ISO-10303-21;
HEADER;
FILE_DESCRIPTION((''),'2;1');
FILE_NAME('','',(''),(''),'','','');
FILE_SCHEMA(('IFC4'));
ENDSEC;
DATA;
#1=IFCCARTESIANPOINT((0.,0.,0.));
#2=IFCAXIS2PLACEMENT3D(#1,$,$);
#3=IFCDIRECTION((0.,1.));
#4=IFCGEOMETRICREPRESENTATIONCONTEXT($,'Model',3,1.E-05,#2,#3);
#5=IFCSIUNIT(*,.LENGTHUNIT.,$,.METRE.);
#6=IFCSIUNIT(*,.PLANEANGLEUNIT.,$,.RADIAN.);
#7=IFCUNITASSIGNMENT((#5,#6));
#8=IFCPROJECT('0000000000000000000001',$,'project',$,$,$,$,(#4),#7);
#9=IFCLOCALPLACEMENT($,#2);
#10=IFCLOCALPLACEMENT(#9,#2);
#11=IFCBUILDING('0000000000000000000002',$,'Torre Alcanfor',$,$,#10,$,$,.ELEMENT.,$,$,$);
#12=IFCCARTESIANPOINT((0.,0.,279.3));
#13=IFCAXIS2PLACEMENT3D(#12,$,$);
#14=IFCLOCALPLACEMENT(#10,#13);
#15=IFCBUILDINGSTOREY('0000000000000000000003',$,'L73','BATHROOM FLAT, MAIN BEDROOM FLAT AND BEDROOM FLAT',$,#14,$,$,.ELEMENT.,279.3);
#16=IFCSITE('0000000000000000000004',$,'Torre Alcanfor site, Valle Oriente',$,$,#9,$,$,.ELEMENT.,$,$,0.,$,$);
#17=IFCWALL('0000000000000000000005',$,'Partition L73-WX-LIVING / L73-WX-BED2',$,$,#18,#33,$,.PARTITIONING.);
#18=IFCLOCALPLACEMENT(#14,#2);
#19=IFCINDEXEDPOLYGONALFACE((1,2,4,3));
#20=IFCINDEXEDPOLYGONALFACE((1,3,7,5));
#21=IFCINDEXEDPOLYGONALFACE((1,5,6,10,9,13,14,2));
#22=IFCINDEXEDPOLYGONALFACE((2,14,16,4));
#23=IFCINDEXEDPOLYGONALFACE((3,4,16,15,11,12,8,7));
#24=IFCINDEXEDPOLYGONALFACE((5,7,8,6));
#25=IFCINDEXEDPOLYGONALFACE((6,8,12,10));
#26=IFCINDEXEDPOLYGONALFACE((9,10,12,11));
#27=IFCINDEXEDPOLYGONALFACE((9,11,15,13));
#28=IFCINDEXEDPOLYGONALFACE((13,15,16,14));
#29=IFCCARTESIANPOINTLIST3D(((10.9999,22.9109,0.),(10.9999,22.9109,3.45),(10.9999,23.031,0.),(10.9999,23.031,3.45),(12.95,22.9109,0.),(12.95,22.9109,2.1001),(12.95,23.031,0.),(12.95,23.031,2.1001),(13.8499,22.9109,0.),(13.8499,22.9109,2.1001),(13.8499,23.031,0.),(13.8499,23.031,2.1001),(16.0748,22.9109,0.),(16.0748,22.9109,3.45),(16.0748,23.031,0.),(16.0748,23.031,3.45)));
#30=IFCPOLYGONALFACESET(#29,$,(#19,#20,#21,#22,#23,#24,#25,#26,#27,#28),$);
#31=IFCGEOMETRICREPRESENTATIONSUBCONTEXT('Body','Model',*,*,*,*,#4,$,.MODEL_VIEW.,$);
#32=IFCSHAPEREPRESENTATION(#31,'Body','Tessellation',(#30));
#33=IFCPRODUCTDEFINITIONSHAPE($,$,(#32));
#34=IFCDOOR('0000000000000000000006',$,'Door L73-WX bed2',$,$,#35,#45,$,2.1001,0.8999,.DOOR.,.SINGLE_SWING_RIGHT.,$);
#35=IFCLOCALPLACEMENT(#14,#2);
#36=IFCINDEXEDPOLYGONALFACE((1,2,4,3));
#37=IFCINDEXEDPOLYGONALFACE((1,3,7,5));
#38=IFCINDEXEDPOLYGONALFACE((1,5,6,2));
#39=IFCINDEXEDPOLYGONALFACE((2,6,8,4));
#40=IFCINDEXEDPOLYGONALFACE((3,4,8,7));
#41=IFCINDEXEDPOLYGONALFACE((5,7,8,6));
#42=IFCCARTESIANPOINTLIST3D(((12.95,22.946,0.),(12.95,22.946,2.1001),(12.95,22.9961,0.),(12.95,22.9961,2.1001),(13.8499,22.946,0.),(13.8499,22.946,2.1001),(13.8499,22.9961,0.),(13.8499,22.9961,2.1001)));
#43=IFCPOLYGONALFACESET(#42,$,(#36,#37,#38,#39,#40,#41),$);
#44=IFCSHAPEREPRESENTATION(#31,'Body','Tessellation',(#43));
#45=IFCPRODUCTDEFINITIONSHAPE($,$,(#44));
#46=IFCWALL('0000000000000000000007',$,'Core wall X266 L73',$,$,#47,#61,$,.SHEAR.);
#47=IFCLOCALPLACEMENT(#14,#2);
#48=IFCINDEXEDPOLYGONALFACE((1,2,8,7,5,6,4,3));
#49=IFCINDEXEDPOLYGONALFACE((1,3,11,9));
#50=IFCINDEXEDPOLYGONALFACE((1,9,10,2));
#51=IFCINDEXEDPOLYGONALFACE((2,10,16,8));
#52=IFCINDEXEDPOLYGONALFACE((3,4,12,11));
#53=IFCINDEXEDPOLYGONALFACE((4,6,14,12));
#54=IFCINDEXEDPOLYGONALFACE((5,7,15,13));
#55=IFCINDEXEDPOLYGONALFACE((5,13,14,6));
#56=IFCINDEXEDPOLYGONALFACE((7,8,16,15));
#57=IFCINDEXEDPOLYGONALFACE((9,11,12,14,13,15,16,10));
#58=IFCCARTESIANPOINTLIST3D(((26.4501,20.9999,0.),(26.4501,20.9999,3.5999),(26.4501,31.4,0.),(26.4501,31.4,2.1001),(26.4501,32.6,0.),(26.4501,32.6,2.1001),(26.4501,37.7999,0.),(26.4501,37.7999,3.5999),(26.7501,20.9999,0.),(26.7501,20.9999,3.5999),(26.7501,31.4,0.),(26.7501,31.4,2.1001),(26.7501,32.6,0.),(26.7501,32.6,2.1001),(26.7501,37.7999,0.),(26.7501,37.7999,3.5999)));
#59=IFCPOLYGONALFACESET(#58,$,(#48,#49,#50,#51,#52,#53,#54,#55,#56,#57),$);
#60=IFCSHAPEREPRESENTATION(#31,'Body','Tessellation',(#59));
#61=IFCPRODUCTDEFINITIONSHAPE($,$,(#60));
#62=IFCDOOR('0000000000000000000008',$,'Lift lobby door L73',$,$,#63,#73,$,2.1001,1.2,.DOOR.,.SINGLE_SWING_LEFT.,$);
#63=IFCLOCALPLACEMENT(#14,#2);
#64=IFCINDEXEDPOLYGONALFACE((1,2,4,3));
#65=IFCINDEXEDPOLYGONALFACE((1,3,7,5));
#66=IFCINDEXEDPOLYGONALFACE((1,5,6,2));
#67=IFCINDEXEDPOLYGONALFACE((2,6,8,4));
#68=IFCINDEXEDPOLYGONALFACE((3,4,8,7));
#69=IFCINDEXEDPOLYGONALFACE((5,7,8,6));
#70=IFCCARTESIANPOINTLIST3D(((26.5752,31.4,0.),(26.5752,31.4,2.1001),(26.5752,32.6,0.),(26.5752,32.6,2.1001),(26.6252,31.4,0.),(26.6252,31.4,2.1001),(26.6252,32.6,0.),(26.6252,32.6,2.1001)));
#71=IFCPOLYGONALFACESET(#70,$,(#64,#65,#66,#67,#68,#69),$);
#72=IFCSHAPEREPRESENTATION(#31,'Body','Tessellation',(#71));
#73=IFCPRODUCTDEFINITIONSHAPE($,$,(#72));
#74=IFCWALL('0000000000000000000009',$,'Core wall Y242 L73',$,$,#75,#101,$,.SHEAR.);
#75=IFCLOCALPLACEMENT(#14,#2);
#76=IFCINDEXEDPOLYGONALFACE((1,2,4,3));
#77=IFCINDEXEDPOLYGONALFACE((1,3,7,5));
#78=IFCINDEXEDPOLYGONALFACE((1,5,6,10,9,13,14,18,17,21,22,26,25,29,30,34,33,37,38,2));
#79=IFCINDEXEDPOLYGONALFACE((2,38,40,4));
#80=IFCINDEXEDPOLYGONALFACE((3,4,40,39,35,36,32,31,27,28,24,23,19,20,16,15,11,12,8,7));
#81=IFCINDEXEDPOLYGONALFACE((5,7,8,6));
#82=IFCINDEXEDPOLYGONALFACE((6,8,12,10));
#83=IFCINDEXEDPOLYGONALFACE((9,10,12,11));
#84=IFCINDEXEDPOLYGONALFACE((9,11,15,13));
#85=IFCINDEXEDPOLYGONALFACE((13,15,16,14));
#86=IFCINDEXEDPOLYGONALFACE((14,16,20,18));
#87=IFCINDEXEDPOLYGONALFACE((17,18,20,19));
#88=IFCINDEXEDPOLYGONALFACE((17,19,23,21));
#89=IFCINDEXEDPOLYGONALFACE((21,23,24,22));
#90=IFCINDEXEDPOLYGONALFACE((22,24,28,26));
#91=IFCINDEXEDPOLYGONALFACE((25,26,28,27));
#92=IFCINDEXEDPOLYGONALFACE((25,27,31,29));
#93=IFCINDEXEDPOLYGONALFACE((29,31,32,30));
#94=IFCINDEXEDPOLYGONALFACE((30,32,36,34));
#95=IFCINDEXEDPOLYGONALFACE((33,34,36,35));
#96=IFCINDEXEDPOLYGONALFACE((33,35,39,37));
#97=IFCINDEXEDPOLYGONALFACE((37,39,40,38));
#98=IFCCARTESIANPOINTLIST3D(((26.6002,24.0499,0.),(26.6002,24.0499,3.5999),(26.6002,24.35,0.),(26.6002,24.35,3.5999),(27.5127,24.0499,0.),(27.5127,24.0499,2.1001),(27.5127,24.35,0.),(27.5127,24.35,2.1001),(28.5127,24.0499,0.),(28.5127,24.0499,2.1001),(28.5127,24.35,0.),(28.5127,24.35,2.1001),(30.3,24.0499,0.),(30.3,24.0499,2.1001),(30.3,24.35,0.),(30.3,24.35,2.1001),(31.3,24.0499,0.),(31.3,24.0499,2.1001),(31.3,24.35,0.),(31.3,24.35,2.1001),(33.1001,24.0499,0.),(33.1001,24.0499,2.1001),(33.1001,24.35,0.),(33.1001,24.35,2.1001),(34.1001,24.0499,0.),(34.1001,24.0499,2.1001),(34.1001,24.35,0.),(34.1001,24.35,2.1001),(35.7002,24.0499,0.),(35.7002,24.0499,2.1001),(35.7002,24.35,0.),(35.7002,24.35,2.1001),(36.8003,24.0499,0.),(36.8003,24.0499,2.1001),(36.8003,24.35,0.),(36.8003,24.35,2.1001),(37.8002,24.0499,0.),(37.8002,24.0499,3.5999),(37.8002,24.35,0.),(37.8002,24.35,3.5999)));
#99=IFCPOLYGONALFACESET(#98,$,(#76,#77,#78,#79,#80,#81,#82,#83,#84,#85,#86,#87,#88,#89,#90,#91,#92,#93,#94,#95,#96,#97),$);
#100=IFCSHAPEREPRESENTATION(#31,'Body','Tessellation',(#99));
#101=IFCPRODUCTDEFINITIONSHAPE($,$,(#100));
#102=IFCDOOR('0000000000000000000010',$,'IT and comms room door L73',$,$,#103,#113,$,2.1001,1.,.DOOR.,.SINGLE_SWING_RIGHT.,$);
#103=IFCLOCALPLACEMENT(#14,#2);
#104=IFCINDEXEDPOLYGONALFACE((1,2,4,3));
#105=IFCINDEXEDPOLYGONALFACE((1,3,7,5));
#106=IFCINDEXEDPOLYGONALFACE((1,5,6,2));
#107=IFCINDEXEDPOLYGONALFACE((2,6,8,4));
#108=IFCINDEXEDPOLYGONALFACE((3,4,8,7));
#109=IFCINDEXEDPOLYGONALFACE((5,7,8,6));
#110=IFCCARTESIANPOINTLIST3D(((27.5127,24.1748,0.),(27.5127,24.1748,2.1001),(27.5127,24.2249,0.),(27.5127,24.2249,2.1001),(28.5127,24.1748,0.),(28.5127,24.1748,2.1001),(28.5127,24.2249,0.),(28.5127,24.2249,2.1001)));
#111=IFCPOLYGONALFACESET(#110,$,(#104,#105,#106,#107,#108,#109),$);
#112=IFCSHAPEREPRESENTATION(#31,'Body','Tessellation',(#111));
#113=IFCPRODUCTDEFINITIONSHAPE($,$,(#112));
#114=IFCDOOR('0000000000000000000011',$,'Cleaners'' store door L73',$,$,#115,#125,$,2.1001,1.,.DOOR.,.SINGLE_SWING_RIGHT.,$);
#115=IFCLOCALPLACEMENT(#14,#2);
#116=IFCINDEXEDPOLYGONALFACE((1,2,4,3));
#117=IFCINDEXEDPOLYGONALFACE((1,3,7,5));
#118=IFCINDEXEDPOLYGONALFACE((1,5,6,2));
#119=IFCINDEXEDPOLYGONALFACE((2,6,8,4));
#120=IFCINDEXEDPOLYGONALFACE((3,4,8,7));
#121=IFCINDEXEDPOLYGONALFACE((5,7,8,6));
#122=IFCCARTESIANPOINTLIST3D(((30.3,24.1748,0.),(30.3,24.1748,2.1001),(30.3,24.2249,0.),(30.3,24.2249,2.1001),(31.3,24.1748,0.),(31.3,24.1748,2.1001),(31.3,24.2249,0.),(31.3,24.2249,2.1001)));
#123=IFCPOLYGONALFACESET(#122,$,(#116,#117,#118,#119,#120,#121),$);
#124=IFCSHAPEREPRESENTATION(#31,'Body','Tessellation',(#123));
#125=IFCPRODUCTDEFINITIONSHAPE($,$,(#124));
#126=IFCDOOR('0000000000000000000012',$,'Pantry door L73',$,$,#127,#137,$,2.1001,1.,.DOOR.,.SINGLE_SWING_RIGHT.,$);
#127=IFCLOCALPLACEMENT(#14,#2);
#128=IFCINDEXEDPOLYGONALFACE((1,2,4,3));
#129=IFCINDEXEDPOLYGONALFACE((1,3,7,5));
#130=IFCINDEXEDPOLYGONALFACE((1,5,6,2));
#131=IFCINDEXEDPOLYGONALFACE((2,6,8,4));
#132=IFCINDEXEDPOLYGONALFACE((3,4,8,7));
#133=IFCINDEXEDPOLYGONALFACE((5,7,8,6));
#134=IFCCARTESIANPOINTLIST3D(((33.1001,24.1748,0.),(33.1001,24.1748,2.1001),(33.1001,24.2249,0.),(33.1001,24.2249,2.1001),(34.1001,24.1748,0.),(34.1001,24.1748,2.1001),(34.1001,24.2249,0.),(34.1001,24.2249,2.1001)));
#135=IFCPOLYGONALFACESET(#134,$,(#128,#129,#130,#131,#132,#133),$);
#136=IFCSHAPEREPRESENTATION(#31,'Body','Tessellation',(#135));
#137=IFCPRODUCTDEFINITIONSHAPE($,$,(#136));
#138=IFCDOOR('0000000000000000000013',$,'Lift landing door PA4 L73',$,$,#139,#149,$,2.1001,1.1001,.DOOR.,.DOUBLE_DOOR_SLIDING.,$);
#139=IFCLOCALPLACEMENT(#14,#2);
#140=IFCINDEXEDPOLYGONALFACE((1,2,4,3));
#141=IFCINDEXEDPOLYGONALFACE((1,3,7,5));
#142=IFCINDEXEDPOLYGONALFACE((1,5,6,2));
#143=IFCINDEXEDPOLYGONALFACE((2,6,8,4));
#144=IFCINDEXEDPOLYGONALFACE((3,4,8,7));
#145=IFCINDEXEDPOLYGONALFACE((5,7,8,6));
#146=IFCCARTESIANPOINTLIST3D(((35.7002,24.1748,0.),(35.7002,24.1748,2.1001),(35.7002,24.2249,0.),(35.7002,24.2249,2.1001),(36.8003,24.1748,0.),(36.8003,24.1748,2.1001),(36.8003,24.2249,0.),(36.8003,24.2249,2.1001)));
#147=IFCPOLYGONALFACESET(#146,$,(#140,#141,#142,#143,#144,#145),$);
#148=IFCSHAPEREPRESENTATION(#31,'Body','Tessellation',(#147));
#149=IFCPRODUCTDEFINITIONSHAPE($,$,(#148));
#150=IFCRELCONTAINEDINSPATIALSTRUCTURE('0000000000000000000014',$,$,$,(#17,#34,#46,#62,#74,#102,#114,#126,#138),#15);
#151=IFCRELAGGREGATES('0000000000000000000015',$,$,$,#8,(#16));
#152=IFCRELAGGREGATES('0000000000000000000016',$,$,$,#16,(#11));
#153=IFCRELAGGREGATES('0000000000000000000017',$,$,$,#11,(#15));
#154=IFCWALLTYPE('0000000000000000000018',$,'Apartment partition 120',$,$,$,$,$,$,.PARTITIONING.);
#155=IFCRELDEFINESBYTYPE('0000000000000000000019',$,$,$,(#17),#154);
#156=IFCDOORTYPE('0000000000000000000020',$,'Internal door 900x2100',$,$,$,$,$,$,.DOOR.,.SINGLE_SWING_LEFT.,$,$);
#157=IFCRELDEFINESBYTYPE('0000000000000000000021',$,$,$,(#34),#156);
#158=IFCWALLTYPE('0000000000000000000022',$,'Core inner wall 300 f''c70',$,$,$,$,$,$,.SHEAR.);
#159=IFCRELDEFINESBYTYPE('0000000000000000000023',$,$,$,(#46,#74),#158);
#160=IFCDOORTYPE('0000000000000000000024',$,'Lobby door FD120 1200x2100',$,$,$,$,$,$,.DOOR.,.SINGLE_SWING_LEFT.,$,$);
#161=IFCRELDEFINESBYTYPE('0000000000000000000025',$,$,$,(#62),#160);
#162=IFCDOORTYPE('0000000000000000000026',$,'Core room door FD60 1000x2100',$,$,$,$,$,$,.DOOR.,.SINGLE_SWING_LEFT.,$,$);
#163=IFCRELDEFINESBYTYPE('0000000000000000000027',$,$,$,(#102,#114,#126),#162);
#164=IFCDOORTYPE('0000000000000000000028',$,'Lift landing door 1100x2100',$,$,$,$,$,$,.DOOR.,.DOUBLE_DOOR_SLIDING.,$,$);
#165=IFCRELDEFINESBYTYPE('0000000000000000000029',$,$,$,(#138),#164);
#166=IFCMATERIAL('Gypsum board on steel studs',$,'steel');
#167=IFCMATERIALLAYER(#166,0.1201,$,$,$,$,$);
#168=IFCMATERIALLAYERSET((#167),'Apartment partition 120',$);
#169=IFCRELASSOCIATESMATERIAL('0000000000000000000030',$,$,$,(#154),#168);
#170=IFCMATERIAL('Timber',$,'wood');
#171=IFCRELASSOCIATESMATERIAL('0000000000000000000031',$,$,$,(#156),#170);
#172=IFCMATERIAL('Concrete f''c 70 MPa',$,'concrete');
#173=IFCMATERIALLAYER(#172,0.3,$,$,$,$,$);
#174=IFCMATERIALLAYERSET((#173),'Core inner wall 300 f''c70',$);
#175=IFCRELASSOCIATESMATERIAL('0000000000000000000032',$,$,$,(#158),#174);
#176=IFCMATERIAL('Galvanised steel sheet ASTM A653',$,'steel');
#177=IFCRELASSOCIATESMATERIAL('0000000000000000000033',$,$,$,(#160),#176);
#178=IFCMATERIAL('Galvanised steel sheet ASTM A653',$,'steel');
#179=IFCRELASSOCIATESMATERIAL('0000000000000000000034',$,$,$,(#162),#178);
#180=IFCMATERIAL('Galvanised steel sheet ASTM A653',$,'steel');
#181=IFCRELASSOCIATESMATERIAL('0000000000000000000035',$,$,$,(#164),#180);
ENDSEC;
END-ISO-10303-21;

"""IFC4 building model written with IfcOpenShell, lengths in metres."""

from ifc_helpers import new_model, si_unit, direction, frame, frame_2d, origin, place, context, subcontext, project, spatial, rectangle, extrude, material, layer, layer_set, type_object, element, fill, save


model = new_model("IFC4")

# Units and contexts
model_context = context("Model", 3, precision=1e-05, world=origin(), true_north=direction((0.0, 1.0)))
body_context = subcontext(model_context, "Body", "Model", "MODEL_VIEW")
ifc_project = project(units=[si_unit("LENGTHUNIT", "METRE"), si_unit("PLANEANGLEUNIT", "RADIAN")], contexts=[model_context])

# Site, building, storey
site_placement = place(None, origin())
site = spatial("IfcSite", under=ifc_project, at=site_placement, Name="Torre Alcanfor site, Valle Oriente", CompositionType="ELEMENT", RefElevation=0.0)
building_placement = place(site_placement, origin())
building = spatial("IfcBuilding", under=site, at=building_placement, Name="Torre Alcanfor", CompositionType="ELEMENT")
storey_placement = place(building_placement, frame((0.0, 0.0, 279.3)))
storey = spatial("IfcBuildingStorey", under=building, at=storey_placement, Name="L73", Description="BATHROOM FLAT, MAIN BEDROOM FLAT AND BEDROOM FLAT", CompositionType="ELEMENT", Elevation=279.3)

# Walls, openings, doors
ifc_material_1 = material(Name="Gypsum board on steel studs", Category="steel")
ifc_layer_1 = layer(ifc_material_1, 0.1201)
ifc_layer_set_1 = layer_set([ifc_layer_1], Name="Apartment partition 120")
wall_type_1 = type_object("IfcWallType", Name="Apartment partition 120", PredefinedType="PARTITIONING", material=ifc_layer_set_1)
wall_1_placement = place(storey_placement, frame((16.075, 22.9709, 0.0), z_axis=(0.0, 0.0, 1.0), x_axis=(-1.0, 0.0, 0.0)))
wall_1 = element("IfcWall", 1, at=wall_1_placement, inside=storey, type_object=wall_type_1, Name="Partition L73-WX-LIVING / L73-WX-BED2", PredefinedType="PARTITIONING", context=body_context, shape_type="SweptSolid", body=[
    extrude(rectangle(XDim=5.075, YDim=0.1201, at=frame_2d((2.5376, 0.0))), origin(), (0.0, 0.0, 1.0), 3.45),
])
opening_1_placement = place(wall_1_placement, frame((2.2251, 0.0, 0.0)))
opening_1 = element("IfcOpeningElement", 2, at=opening_1_placement, cuts=wall_1, PredefinedType="OPENING", context=body_context, shape_type="SweptSolid", body=[
    extrude(rectangle(XDim=0.8999, YDim=2.1001, at=frame_2d((0.45, 1.05))), frame((0.0, 0.0701, 0.0), z_axis=(0.0, -1.0, 0.0), x_axis=(1.0, 0.0, 0.0)), (0.0, 0.0, 1.0), 0.1401),
])
ifc_material_2 = material(Name="Timber", Category="wood")
door_type_1 = type_object("IfcDoorType", Name="Internal door 900x2100", OperationType="SINGLE_SWING_LEFT", PredefinedType="DOOR", material=ifc_material_2)
door_1_placement = place(opening_1_placement, origin())
door_1 = element("IfcDoor", 3, at=door_1_placement, inside=storey, type_object=door_type_1, Name="Door L73-WX bed2", OperationType="SINGLE_SWING_RIGHT", OverallHeight=2.1001, OverallWidth=0.8999, PredefinedType="DOOR", context=body_context, shape_type="SweptSolid", body=[
    extrude(rectangle(XDim=0.8999, YDim=2.1001, at=frame_2d((0.45, 1.05))), frame((0.0, 0.0249, 0.0), z_axis=(0.0, -1.0, 0.0), x_axis=(1.0, 0.0, 0.0)), (0.0, 0.0, 1.0), 0.05),
])
fill(opening_1, door_1)
ifc_material_3 = material(Name="Concrete f'c 70 MPa", Category="concrete")
ifc_layer_2 = layer(ifc_material_3, 0.3)
ifc_layer_set_2 = layer_set([ifc_layer_2], Name="Core inner wall 300 f'c70")
wall_type_2 = type_object("IfcWallType", Name="Core inner wall 300 f'c70", PredefinedType="SHEAR", material=ifc_layer_set_2)
wall_2_placement = place(storey_placement, frame((26.6001, 21.0, 0.0), z_axis=(0.0, 0.0, 1.0), x_axis=(0.0, 1.0, 0.0)))
wall_2 = element("IfcWall", 4, at=wall_2_placement, inside=storey, type_object=wall_type_2, Name="Core wall X266 L73", PredefinedType="SHEAR", context=body_context, shape_type="SweptSolid", body=[
    extrude(rectangle(XDim=16.8, YDim=0.3, at=frame_2d((8.3999, 0.0))), origin(), (0.0, 0.0, 1.0), 3.5999),
])
opening_2_placement = place(wall_2_placement, frame((10.3999, 0.0, 0.0)))
opening_2 = element("IfcOpeningElement", 5, at=opening_2_placement, cuts=wall_2, PredefinedType="OPENING", context=body_context, shape_type="SweptSolid", body=[
    extrude(rectangle(XDim=1.2, YDim=2.1001, at=frame_2d((0.6001, 1.05))), frame((0.0, 0.1599, 0.0), z_axis=(0.0, -1.0, 0.0), x_axis=(1.0, 0.0, 0.0)), (0.0, 0.0, 1.0), 0.3201),
])
ifc_material_4 = material(Name="Galvanised steel sheet ASTM A653", Category="steel")
door_type_2 = type_object("IfcDoorType", Name="Lobby door FD120 1200x2100", OperationType="SINGLE_SWING_LEFT", PredefinedType="DOOR", material=ifc_material_4)
door_2_placement = place(opening_2_placement, origin())
door_2 = element("IfcDoor", 6, at=door_2_placement, inside=storey, type_object=door_type_2, Name="Lift lobby door L73", OperationType="SINGLE_SWING_LEFT", OverallHeight=2.1001, OverallWidth=1.2, PredefinedType="DOOR", context=body_context, shape_type="SweptSolid", body=[
    extrude(rectangle(XDim=1.2, YDim=2.1001, at=frame_2d((0.6001, 1.05))), frame((0.0, 0.0249, 0.0), z_axis=(0.0, -1.0, 0.0), x_axis=(1.0, 0.0, 0.0)), (0.0, 0.0, 1.0), 0.05),
])
fill(opening_2, door_2)

# Wall, openings, doors
wall_3_placement = place(storey_placement, frame((26.6001, 24.2, 0.0), z_axis=(0.0, 0.0, 1.0), x_axis=(1.0, 0.0, 0.0)))
wall_3 = element("IfcWall", 7, at=wall_3_placement, inside=storey, type_object=wall_type_2, Name="Core wall Y242 L73", PredefinedType="SHEAR", context=body_context, shape_type="SweptSolid", body=[
    extrude(rectangle(XDim=11.2, YDim=0.3, at=frame_2d((5.6001, 0.0))), origin(), (0.0, 0.0, 1.0), 3.5999),
])
opening_3_placement = place(wall_3_placement, frame((0.9126, 0.0, 0.0)))
opening_3 = element("IfcOpeningElement", 8, at=opening_3_placement, cuts=wall_3, PredefinedType="OPENING", context=body_context, shape_type="SweptSolid", body=[
    extrude(rectangle(XDim=1.0, YDim=2.1001, at=frame_2d((0.5, 1.05))), frame((0.0, 0.1599, 0.0), z_axis=(0.0, -1.0, 0.0), x_axis=(1.0, 0.0, 0.0)), (0.0, 0.0, 1.0), 0.3201),
])
opening_4_placement = place(wall_3_placement, frame((3.7, 0.0, 0.0)))
opening_4 = element("IfcOpeningElement", 9, at=opening_4_placement, cuts=wall_3, PredefinedType="OPENING", context=body_context, shape_type="SweptSolid", body=[
    extrude(rectangle(XDim=1.0, YDim=2.1001, at=frame_2d((0.5, 1.05))), frame((0.0, 0.1599, 0.0), z_axis=(0.0, -1.0, 0.0), x_axis=(1.0, 0.0, 0.0)), (0.0, 0.0, 1.0), 0.3201),
])
opening_5_placement = place(wall_3_placement, frame((6.5, 0.0, 0.0)))
opening_5 = element("IfcOpeningElement", 10, at=opening_5_placement, cuts=wall_3, PredefinedType="OPENING", context=body_context, shape_type="SweptSolid", body=[
    extrude(rectangle(XDim=1.0, YDim=2.1001, at=frame_2d((0.5, 1.05))), frame((0.0, 0.1599, 0.0), z_axis=(0.0, -1.0, 0.0), x_axis=(1.0, 0.0, 0.0)), (0.0, 0.0, 1.0), 0.3201),
])
opening_6_placement = place(wall_3_placement, frame((9.1001, 0.0, 0.0)))
opening_6 = element("IfcOpeningElement", 11, at=opening_6_placement, cuts=wall_3, PredefinedType="OPENING", context=body_context, shape_type="SweptSolid", body=[
    extrude(rectangle(XDim=1.1001, YDim=2.1001, at=frame_2d((0.55, 1.05))), frame((0.0, 0.1599, 0.0), z_axis=(0.0, -1.0, 0.0), x_axis=(1.0, 0.0, 0.0)), (0.0, 0.0, 1.0), 0.3201),
])
ifc_material_5 = material(Name="Galvanised steel sheet ASTM A653", Category="steel")
door_type_3 = type_object("IfcDoorType", Name="Core room door FD60 1000x2100", OperationType="SINGLE_SWING_LEFT", PredefinedType="DOOR", material=ifc_material_5)
door_3_placement = place(opening_3_placement, frame((1.0, 0.0, 0.0), z_axis=(0.0, 0.0, 1.0), x_axis=(-1.0, 0.0, 0.0)))
door_3 = element("IfcDoor", 12, at=door_3_placement, inside=storey, type_object=door_type_3, Name="IT and comms room door L73", OperationType="SINGLE_SWING_RIGHT", OverallHeight=2.1001, OverallWidth=1.0, PredefinedType="DOOR", context=body_context, shape_type="SweptSolid", body=[
    extrude(rectangle(XDim=1.0, YDim=2.1001, at=frame_2d((0.5, 1.05))), frame((0.0, 0.0251, 0.0), z_axis=(0.0, -1.0, 0.0), x_axis=(1.0, 0.0, 0.0)), (0.0, 0.0, 1.0), 0.05),
])
fill(opening_3, door_3)
door_4_placement = place(opening_4_placement, frame((1.0, 0.0, 0.0), z_axis=(0.0, 0.0, 1.0), x_axis=(-1.0, 0.0, 0.0)))
door_4 = element("IfcDoor", 13, at=door_4_placement, inside=storey, type_object=door_type_3, Name="Cleaners' store door L73", OperationType="SINGLE_SWING_RIGHT", OverallHeight=2.1001, OverallWidth=1.0, PredefinedType="DOOR", context=body_context, shape_type="SweptSolid", body=[
    extrude(rectangle(XDim=1.0, YDim=2.1001, at=frame_2d((0.5, 1.05))), frame((0.0, 0.0251, 0.0), z_axis=(0.0, -1.0, 0.0), x_axis=(1.0, 0.0, 0.0)), (0.0, 0.0, 1.0), 0.05),
])
fill(opening_4, door_4)
door_5_placement = place(opening_5_placement, frame((1.0, 0.0, 0.0), z_axis=(0.0, 0.0, 1.0), x_axis=(-1.0, 0.0, 0.0)))
door_5 = element("IfcDoor", 14, at=door_5_placement, inside=storey, type_object=door_type_3, Name="Pantry door L73", OperationType="SINGLE_SWING_RIGHT", OverallHeight=2.1001, OverallWidth=1.0, PredefinedType="DOOR", context=body_context, shape_type="SweptSolid", body=[
    extrude(rectangle(XDim=1.0, YDim=2.1001, at=frame_2d((0.5, 1.05))), frame((0.0, 0.0251, 0.0), z_axis=(0.0, -1.0, 0.0), x_axis=(1.0, 0.0, 0.0)), (0.0, 0.0, 1.0), 0.05),
])
fill(opening_5, door_5)
ifc_material_6 = material(Name="Galvanised steel sheet ASTM A653", Category="steel")
door_type_4 = type_object("IfcDoorType", Name="Lift landing door 1100x2100", OperationType="DOUBLE_DOOR_SLIDING", PredefinedType="DOOR", material=ifc_material_6)
door_6_placement = place(opening_6_placement, origin())
door_6 = element("IfcDoor", 15, at=door_6_placement, inside=storey, type_object=door_type_4, Name="Lift landing door PA4 L73", OperationType="DOUBLE_DOOR_SLIDING", OverallHeight=2.1001, OverallWidth=1.1001, PredefinedType="DOOR", context=body_context, shape_type="SweptSolid", body=[
    extrude(rectangle(XDim=1.1001, YDim=2.1001, at=frame_2d((0.55, 1.05))), frame((0.0, 0.0249, 0.0), z_axis=(0.0, -1.0, 0.0), x_axis=(1.0, 0.0, 0.0)), (0.0, 0.0, 1.0), 0.05),
])
fill(opening_6, door_6)

save(model, "model.ifc")
